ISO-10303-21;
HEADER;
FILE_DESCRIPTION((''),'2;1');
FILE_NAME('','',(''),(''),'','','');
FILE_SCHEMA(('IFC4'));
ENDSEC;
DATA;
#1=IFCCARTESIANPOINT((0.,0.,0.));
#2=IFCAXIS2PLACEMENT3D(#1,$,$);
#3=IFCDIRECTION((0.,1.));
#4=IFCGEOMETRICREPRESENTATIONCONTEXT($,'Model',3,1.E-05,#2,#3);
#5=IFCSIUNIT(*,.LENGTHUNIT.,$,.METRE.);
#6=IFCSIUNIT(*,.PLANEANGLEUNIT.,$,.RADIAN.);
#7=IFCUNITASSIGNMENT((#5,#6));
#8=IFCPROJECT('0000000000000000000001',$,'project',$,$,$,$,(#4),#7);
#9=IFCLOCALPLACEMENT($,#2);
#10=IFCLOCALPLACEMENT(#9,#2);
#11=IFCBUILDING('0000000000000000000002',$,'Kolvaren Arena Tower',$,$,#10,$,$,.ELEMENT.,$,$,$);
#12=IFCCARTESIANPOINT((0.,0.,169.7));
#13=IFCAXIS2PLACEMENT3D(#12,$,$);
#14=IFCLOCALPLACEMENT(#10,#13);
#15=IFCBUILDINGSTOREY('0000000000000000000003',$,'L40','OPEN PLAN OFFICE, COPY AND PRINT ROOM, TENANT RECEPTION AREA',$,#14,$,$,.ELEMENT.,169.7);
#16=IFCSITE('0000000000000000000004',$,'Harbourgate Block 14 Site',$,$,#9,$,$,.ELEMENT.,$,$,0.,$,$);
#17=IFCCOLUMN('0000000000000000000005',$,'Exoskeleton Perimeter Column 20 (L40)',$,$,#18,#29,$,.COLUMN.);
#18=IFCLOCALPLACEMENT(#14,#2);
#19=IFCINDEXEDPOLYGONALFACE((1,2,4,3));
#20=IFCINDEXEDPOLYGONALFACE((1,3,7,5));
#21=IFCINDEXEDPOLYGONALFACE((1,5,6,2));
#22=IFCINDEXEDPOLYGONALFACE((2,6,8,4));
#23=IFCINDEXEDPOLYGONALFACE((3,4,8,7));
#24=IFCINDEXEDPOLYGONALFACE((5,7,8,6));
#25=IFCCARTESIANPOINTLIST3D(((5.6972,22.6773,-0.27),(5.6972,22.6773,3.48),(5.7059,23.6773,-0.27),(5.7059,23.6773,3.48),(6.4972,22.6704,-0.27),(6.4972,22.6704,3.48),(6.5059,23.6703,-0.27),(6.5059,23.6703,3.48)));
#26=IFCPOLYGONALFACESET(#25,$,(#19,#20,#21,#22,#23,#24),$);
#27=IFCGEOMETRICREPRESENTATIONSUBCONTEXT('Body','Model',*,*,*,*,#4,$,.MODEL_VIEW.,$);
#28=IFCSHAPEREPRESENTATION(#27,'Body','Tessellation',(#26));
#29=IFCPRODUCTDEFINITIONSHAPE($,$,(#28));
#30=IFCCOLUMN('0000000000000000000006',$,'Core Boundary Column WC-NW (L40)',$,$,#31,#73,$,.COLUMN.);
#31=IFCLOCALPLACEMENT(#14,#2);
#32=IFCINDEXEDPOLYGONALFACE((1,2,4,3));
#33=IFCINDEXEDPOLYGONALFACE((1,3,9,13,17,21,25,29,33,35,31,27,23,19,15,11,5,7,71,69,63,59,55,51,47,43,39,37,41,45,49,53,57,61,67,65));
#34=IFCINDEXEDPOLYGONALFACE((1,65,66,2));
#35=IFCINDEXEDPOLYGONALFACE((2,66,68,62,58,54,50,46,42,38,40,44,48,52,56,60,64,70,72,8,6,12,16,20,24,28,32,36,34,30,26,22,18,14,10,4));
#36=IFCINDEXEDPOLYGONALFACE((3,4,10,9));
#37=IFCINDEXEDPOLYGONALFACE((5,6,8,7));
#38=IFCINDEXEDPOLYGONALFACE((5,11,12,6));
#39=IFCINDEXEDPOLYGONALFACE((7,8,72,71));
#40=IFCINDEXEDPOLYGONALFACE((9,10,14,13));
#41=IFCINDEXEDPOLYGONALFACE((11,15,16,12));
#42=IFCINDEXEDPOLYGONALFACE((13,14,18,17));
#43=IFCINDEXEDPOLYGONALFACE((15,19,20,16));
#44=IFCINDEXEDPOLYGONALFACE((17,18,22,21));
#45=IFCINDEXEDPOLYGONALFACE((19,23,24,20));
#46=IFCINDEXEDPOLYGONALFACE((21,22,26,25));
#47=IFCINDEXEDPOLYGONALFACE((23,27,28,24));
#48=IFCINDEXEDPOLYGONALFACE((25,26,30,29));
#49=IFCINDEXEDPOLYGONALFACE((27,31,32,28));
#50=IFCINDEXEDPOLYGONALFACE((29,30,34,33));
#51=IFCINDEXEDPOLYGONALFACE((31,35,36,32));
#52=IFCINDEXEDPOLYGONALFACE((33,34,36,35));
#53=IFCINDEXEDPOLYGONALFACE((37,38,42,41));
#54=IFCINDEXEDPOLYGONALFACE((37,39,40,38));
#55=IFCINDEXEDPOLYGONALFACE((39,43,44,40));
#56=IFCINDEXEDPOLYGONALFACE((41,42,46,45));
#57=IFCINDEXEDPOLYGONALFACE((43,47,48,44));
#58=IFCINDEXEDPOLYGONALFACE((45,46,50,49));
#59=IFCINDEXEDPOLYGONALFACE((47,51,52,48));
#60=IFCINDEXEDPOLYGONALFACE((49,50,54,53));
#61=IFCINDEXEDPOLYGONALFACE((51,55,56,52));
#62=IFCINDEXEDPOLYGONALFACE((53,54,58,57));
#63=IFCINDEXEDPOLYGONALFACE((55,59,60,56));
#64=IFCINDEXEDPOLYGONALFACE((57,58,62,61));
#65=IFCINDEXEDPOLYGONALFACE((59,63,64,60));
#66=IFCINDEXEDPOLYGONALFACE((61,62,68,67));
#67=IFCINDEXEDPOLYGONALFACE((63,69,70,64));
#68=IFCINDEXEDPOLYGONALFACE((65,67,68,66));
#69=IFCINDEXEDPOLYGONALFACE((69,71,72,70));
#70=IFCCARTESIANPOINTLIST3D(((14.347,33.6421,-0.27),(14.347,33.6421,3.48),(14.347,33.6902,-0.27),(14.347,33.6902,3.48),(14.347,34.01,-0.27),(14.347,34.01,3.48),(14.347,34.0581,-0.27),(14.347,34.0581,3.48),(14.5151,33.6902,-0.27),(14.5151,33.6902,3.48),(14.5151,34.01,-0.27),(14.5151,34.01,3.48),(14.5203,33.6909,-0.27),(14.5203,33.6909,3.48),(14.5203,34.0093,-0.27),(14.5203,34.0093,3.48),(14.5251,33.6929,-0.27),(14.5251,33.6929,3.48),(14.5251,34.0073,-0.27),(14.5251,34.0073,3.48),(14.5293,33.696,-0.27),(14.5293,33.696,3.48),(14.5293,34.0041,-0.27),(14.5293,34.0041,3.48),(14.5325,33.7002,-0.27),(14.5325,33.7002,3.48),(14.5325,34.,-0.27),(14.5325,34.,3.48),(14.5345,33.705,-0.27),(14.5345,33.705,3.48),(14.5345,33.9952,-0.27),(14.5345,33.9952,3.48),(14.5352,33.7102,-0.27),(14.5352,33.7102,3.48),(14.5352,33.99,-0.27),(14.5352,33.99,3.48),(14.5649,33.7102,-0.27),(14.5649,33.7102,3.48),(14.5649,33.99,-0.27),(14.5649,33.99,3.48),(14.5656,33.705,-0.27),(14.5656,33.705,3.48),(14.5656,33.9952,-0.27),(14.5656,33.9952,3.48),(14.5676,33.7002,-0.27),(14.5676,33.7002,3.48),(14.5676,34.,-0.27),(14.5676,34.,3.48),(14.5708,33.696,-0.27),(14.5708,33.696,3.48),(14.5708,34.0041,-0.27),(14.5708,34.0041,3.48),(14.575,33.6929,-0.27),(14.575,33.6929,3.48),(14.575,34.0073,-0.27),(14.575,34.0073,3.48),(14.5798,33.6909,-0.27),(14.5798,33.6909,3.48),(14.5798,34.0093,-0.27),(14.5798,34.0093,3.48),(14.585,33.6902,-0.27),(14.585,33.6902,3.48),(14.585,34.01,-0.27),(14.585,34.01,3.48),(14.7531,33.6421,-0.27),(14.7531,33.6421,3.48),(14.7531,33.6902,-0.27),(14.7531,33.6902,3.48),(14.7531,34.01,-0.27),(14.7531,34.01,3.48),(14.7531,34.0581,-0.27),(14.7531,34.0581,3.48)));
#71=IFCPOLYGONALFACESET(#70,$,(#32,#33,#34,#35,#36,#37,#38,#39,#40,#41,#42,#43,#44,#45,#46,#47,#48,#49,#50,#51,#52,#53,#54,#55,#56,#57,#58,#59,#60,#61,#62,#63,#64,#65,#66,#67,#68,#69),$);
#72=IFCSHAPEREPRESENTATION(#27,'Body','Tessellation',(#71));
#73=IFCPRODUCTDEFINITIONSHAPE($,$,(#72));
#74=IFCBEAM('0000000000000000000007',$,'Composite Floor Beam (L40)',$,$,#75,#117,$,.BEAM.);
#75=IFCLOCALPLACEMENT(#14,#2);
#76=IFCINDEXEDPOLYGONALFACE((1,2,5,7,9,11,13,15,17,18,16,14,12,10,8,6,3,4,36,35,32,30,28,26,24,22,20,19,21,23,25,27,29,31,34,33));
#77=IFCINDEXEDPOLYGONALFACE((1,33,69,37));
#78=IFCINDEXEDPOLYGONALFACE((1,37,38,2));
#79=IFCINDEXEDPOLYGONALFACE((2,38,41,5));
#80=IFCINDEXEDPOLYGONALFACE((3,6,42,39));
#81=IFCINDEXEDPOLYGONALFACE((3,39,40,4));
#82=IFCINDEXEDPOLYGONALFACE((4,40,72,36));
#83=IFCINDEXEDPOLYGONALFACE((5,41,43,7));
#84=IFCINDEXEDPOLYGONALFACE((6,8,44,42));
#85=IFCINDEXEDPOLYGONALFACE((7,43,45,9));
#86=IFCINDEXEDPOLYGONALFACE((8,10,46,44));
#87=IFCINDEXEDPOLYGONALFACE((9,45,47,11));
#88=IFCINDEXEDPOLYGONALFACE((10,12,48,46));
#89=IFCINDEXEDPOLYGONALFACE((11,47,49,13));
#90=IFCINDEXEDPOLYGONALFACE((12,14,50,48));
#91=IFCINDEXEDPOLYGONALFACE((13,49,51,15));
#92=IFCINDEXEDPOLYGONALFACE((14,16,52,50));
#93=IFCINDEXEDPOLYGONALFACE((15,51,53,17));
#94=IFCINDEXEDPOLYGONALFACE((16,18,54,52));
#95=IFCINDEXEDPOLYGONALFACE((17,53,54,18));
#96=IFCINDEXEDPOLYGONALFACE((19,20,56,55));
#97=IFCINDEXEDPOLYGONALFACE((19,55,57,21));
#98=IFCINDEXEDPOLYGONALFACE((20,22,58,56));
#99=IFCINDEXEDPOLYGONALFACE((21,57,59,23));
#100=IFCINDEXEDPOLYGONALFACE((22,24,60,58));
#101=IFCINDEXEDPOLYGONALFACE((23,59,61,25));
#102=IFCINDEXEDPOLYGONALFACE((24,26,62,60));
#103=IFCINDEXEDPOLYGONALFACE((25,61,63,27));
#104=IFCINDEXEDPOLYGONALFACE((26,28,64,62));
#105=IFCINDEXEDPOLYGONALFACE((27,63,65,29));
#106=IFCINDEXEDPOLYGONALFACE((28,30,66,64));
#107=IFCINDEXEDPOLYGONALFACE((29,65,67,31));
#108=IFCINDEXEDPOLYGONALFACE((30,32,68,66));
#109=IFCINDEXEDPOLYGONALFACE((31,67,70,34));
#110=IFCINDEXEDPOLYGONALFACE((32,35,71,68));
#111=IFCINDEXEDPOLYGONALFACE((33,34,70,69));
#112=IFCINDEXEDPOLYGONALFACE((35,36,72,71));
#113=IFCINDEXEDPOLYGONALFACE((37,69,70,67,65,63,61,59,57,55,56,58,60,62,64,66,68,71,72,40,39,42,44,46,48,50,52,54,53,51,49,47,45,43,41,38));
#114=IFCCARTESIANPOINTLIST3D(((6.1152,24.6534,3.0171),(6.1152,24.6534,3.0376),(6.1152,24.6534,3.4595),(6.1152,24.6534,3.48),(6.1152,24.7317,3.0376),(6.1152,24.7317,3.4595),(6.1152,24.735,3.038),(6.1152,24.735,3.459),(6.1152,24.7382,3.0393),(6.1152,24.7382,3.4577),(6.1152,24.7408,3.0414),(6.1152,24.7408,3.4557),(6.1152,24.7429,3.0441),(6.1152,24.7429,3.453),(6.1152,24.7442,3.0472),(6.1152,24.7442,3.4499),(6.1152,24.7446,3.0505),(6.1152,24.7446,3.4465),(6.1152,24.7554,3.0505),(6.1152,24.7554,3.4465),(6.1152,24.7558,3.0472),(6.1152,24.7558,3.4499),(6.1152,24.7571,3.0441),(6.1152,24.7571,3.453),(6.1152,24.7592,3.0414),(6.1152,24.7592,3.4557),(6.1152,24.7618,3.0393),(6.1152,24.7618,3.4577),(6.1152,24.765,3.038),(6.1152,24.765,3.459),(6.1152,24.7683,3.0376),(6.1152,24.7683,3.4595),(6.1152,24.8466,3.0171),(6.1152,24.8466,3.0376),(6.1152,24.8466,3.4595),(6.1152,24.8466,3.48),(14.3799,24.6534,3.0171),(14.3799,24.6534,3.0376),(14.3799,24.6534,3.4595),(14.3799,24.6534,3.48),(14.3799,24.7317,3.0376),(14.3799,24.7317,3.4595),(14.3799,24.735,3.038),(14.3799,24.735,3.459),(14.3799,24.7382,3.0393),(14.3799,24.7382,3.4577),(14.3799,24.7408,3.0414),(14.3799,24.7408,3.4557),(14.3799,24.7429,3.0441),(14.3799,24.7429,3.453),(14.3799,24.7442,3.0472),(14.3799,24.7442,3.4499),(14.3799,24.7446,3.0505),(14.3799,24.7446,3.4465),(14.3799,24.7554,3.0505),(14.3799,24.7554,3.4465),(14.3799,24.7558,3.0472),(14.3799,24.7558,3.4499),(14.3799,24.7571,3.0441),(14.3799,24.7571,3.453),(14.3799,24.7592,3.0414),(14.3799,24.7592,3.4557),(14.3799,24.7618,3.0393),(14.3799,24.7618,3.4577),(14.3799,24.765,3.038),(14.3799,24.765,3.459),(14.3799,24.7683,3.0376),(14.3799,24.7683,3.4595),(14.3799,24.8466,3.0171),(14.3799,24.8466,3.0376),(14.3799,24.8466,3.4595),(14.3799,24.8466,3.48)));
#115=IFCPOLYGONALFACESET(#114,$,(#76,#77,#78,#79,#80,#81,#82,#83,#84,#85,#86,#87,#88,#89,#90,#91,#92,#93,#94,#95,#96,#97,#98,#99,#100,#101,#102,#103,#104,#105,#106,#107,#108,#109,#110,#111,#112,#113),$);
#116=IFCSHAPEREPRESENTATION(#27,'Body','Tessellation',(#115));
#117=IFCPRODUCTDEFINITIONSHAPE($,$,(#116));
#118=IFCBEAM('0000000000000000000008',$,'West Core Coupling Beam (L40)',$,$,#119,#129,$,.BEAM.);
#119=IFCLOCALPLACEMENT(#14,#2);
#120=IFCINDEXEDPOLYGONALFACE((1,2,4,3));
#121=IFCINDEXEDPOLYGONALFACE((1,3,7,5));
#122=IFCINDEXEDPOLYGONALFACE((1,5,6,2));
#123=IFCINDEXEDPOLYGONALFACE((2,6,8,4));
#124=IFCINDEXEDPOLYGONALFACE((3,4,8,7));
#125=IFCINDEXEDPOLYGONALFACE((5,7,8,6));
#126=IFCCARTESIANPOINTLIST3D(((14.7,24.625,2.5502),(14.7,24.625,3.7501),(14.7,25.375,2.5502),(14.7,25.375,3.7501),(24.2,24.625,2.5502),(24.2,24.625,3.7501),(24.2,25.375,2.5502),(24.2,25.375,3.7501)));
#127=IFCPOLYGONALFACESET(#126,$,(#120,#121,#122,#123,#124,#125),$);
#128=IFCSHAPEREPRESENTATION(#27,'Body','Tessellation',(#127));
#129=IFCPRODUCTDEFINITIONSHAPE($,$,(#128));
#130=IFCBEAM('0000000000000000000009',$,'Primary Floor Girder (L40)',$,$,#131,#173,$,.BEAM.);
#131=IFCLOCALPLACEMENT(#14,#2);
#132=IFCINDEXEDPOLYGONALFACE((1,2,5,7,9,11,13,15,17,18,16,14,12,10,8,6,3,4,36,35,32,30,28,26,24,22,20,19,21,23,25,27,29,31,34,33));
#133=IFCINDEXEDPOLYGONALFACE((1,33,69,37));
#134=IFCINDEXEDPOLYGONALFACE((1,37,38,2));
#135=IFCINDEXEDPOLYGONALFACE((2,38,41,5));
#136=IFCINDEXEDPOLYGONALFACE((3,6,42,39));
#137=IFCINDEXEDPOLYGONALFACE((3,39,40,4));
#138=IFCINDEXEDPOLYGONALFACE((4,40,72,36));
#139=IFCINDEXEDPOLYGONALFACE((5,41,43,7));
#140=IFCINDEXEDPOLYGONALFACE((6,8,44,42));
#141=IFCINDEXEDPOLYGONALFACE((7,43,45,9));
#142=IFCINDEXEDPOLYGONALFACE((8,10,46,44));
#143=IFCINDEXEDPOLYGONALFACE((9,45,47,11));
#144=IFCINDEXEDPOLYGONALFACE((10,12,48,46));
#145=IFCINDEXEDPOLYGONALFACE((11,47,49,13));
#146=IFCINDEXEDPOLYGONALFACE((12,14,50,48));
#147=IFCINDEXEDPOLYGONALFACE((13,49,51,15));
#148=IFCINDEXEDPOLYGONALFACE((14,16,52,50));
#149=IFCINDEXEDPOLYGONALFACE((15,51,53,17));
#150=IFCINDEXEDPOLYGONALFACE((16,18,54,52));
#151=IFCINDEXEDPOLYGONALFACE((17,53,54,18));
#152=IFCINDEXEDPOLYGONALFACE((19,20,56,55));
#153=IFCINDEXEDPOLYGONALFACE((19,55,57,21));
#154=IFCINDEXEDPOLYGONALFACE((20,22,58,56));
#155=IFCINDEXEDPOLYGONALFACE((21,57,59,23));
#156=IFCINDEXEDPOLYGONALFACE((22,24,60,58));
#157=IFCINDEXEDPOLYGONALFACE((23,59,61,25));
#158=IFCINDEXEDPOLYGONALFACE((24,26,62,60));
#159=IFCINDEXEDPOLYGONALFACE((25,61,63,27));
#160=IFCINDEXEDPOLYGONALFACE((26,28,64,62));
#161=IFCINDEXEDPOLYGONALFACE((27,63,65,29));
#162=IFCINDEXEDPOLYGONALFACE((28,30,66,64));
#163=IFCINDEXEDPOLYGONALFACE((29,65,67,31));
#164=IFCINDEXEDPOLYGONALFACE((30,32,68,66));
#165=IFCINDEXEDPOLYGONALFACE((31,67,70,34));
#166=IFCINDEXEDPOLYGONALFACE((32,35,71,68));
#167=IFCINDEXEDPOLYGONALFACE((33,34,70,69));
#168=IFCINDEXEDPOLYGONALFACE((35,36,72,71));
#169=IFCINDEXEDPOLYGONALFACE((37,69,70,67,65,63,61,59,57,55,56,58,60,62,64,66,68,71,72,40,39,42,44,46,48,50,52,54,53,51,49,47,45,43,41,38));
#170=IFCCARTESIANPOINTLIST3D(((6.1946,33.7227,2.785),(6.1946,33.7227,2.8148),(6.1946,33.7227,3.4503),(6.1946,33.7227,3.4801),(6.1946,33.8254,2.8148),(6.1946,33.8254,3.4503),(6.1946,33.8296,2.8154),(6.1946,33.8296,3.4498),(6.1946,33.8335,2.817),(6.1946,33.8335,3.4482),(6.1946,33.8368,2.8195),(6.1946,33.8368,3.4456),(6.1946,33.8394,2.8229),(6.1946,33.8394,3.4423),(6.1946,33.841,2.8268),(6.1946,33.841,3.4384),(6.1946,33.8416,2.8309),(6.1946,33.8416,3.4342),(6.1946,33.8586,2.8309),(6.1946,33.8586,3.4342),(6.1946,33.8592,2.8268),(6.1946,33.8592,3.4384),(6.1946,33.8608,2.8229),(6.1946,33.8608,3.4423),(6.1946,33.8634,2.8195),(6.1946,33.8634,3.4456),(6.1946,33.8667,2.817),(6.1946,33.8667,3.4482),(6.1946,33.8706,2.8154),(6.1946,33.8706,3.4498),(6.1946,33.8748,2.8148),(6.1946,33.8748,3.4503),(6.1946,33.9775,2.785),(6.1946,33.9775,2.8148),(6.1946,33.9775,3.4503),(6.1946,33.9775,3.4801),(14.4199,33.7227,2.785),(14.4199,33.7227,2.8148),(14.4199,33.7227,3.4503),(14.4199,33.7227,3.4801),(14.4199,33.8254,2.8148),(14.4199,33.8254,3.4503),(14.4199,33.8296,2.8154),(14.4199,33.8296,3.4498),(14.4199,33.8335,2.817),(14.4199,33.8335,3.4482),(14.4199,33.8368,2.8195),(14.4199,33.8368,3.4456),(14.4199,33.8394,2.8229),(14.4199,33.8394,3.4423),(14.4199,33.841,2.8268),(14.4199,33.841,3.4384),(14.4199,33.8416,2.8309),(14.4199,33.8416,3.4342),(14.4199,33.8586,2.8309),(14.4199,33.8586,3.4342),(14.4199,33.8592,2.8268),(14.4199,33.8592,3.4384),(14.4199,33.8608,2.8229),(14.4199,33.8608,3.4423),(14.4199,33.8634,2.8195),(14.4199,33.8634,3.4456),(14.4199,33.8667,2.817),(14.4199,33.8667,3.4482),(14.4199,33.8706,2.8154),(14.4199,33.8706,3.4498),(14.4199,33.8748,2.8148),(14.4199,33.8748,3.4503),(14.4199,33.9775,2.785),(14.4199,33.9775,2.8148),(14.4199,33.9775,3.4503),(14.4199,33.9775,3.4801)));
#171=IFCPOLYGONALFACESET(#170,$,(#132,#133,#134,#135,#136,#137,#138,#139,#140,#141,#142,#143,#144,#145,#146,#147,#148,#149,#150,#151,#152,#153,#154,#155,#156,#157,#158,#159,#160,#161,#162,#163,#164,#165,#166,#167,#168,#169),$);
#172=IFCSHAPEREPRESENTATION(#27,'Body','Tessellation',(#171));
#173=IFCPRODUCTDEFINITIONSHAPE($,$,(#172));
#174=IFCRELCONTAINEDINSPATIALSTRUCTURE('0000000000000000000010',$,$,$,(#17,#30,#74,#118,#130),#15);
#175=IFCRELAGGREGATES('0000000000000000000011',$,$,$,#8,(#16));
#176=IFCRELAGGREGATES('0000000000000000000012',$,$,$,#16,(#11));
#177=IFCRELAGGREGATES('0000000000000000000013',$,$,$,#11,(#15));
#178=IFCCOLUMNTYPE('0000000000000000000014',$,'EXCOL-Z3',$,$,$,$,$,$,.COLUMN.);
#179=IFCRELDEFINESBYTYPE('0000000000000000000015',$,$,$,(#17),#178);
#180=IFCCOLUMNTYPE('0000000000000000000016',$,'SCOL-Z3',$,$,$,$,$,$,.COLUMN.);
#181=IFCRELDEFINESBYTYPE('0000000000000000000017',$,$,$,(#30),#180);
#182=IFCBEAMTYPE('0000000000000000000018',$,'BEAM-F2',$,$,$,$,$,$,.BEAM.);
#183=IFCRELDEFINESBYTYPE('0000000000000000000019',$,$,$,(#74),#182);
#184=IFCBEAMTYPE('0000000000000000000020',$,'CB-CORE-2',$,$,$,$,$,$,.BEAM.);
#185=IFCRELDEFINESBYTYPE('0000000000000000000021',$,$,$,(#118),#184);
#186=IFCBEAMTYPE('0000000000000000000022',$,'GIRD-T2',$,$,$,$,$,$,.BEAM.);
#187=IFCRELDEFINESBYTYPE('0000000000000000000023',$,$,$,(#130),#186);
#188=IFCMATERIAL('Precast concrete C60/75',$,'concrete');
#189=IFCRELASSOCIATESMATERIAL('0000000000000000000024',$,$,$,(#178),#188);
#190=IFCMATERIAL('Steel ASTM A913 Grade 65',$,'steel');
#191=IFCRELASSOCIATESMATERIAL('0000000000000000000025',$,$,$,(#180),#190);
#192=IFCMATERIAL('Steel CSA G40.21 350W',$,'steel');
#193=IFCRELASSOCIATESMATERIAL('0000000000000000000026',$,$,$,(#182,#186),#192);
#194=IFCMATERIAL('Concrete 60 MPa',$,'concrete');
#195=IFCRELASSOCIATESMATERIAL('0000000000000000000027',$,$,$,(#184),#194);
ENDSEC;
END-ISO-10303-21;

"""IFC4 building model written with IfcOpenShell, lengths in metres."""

from ifc_helpers import new_model, si_unit, direction, frame, origin, origin_2d, place, context, subcontext, project, spatial, rectangle, i_section, extrude, material, material_profile, profile_set, type_object, element, save


model = new_model("IFC4")

# Units and contexts
model_context = context("Model", 3, precision=1e-05, world=origin(), true_north=direction((0.0, 1.0)))
body_context = subcontext(model_context, "Body", "Model", "MODEL_VIEW")
ifc_project = project(units=[si_unit("LENGTHUNIT", "METRE"), si_unit("PLANEANGLEUNIT", "RADIAN")], contexts=[model_context])

# Site, building, storey
site_placement = place(None, origin())
site = spatial("IfcSite", under=ifc_project, at=site_placement, Name="Harbourgate Block 14 Site", CompositionType="ELEMENT", RefElevation=0.0)
building_placement = place(site_placement, origin())
building = spatial("IfcBuilding", under=site, at=building_placement, Name="Kolvaren Arena Tower", CompositionType="ELEMENT")
storey_placement = place(building_placement, frame((0.0, 0.0, 169.7)))
storey = spatial("IfcBuildingStorey", under=building, at=storey_placement, Name="L40", Description="OPEN PLAN OFFICE, COPY AND PRINT ROOM, TENANT RECEPTION AREA", CompositionType="ELEMENT", Elevation=169.7)

# Columns
ifc_material_1 = material(Name="Precast concrete C60/75", Category="concrete")
ifc_material_profile_1 = material_profile(ifc_material_1, rectangle(XDim=1.0, YDim=0.8, at=origin_2d()), Name="RC-1000x800")
ifc_profile_set_1 = profile_set([ifc_material_profile_1], Name="Precast concrete C60/75")
column_type_1 = type_object("IfcColumnType", Name="EXCOL-Z3", PredefinedType="COLUMN", material=ifc_profile_set_1)
column_1_placement = place(storey_placement, frame((6.1016, 23.1738, -0.27), z_axis=(0.0, 0.0, 1.0), x_axis=(0.008727, 0.999962, 0.0)))
element("IfcColumn", 1, at=column_1_placement, inside=storey, type_object=column_type_1, Name="Exoskeleton Perimeter Column 20 (L40)", PredefinedType="COLUMN", context=body_context, shape_type="SweptSolid", body=[
    extrude(rectangle(XDim=1.0, YDim=0.8, at=origin_2d()), origin(), (0.0, 0.0, 1.0), 3.75),
])
ifc_material_2 = material(Name="Steel ASTM A913 Grade 65", Category="steel")
ifc_material_profile_2 = material_profile(ifc_material_2, i_section(OverallWidth=0.406, OverallDepth=0.416, WebThickness=0.0298, FlangeThickness=0.0481, FilletRadius=0.02, at=origin_2d()), Name="W360x382")
ifc_profile_set_2 = profile_set([ifc_material_profile_2], Name="Steel ASTM A913 Grade 65")
column_type_2 = type_object("IfcColumnType", Name="SCOL-Z3", PredefinedType="COLUMN", material=ifc_profile_set_2)
column_2_placement = place(storey_placement, frame((14.55, 33.8501, -0.27), z_axis=(0.0, 0.0, 1.0), x_axis=(1.0, 0.0, 0.0)))
element("IfcColumn", 2, at=column_2_placement, inside=storey, type_object=column_type_2, Name="Core Boundary Column WC-NW (L40)", PredefinedType="COLUMN", context=body_context, shape_type="SweptSolid", body=[
    extrude(i_section(OverallWidth=0.406, OverallDepth=0.416, WebThickness=0.0298, FlangeThickness=0.0481, FilletRadius=0.02, at=origin_2d()), origin(), (0.0, 0.0, 1.0), 3.75),
])

# Beams
ifc_material_3 = material(Name="Steel CSA G40.21 350W", Category="steel")
ifc_material_profile_3 = material_profile(ifc_material_3, i_section(OverallWidth=0.1931, OverallDepth=0.4629, WebThickness=0.0107, FlangeThickness=0.0205, FilletRadius=0.0129, at=origin_2d()), Name="W460x113")
ifc_profile_set_3 = profile_set([ifc_material_profile_3], Name="Steel CSA G40.21 350W")
beam_type_1 = type_object("IfcBeamType", Name="BEAM-F2", PredefinedType="BEAM", material=ifc_profile_set_3)
beam_1_placement = place(storey_placement, frame((6.1152, 24.75, 3.2485), z_axis=(1.0, 0.0, 0.0), x_axis=(0.0, 1.0, 0.0)))
element("IfcBeam", 3, at=beam_1_placement, inside=storey, type_object=beam_type_1, Name="Composite Floor Beam (L40)", PredefinedType="BEAM", context=body_context, shape_type="SweptSolid", body=[
    extrude(i_section(OverallWidth=0.1931, OverallDepth=0.4629, WebThickness=0.0107, FlangeThickness=0.0205, FilletRadius=0.0129, at=origin_2d()), origin(), (0.0, 0.0, 1.0), 8.2646),
])
ifc_material_4 = material(Name="Concrete 60 MPa", Category="concrete")
ifc_material_profile_4 = material_profile(ifc_material_4, rectangle(XDim=0.75, YDim=1.2, at=origin_2d()), Name="RC-750x1200")
ifc_profile_set_4 = profile_set([ifc_material_profile_4], Name="Concrete 60 MPa")
beam_type_2 = type_object("IfcBeamType", Name="CB-CORE-2", PredefinedType="BEAM", material=ifc_profile_set_4)
beam_2_placement = place(storey_placement, frame((14.7, 25.0, 3.1501), z_axis=(1.0, 0.0, 0.0), x_axis=(0.0, 1.0, 0.0)))
element("IfcBeam", 4, at=beam_2_placement, inside=storey, type_object=beam_type_2, Name="West Core Coupling Beam (L40)", PredefinedType="BEAM", context=body_context, shape_type="SweptSolid", body=[
    extrude(rectangle(XDim=0.75, YDim=1.2, at=origin_2d()), origin(), (0.0, 0.0, 1.0), 9.5),
])
ifc_material_profile_5 = material_profile(ifc_material_3, i_section(OverallWidth=0.2549, OverallDepth=0.6951, WebThickness=0.0171, FlangeThickness=0.0298, FilletRadius=0.0161, at=origin_2d()), Name="W690x217")
ifc_profile_set_5 = profile_set([ifc_material_profile_5], Name="Steel CSA G40.21 350W")
beam_type_3 = type_object("IfcBeamType", Name="GIRD-T2", PredefinedType="BEAM", material=ifc_profile_set_5)
beam_3_placement = place(storey_placement, frame((6.1946, 33.8501, 3.1326), z_axis=(1.0, 0.0, 0.0), x_axis=(0.0, 1.0, 0.0)))
element("IfcBeam", 5, at=beam_3_placement, inside=storey, type_object=beam_type_3, Name="Primary Floor Girder (L40)", PredefinedType="BEAM", context=body_context, shape_type="SweptSolid", body=[
    extrude(i_section(OverallWidth=0.2549, OverallDepth=0.6951, WebThickness=0.0171, FlangeThickness=0.0298, FilletRadius=0.0161, at=origin_2d()), origin(), (0.0, 0.0, 1.0), 8.2253),
])

save(model, "model.ifc")
